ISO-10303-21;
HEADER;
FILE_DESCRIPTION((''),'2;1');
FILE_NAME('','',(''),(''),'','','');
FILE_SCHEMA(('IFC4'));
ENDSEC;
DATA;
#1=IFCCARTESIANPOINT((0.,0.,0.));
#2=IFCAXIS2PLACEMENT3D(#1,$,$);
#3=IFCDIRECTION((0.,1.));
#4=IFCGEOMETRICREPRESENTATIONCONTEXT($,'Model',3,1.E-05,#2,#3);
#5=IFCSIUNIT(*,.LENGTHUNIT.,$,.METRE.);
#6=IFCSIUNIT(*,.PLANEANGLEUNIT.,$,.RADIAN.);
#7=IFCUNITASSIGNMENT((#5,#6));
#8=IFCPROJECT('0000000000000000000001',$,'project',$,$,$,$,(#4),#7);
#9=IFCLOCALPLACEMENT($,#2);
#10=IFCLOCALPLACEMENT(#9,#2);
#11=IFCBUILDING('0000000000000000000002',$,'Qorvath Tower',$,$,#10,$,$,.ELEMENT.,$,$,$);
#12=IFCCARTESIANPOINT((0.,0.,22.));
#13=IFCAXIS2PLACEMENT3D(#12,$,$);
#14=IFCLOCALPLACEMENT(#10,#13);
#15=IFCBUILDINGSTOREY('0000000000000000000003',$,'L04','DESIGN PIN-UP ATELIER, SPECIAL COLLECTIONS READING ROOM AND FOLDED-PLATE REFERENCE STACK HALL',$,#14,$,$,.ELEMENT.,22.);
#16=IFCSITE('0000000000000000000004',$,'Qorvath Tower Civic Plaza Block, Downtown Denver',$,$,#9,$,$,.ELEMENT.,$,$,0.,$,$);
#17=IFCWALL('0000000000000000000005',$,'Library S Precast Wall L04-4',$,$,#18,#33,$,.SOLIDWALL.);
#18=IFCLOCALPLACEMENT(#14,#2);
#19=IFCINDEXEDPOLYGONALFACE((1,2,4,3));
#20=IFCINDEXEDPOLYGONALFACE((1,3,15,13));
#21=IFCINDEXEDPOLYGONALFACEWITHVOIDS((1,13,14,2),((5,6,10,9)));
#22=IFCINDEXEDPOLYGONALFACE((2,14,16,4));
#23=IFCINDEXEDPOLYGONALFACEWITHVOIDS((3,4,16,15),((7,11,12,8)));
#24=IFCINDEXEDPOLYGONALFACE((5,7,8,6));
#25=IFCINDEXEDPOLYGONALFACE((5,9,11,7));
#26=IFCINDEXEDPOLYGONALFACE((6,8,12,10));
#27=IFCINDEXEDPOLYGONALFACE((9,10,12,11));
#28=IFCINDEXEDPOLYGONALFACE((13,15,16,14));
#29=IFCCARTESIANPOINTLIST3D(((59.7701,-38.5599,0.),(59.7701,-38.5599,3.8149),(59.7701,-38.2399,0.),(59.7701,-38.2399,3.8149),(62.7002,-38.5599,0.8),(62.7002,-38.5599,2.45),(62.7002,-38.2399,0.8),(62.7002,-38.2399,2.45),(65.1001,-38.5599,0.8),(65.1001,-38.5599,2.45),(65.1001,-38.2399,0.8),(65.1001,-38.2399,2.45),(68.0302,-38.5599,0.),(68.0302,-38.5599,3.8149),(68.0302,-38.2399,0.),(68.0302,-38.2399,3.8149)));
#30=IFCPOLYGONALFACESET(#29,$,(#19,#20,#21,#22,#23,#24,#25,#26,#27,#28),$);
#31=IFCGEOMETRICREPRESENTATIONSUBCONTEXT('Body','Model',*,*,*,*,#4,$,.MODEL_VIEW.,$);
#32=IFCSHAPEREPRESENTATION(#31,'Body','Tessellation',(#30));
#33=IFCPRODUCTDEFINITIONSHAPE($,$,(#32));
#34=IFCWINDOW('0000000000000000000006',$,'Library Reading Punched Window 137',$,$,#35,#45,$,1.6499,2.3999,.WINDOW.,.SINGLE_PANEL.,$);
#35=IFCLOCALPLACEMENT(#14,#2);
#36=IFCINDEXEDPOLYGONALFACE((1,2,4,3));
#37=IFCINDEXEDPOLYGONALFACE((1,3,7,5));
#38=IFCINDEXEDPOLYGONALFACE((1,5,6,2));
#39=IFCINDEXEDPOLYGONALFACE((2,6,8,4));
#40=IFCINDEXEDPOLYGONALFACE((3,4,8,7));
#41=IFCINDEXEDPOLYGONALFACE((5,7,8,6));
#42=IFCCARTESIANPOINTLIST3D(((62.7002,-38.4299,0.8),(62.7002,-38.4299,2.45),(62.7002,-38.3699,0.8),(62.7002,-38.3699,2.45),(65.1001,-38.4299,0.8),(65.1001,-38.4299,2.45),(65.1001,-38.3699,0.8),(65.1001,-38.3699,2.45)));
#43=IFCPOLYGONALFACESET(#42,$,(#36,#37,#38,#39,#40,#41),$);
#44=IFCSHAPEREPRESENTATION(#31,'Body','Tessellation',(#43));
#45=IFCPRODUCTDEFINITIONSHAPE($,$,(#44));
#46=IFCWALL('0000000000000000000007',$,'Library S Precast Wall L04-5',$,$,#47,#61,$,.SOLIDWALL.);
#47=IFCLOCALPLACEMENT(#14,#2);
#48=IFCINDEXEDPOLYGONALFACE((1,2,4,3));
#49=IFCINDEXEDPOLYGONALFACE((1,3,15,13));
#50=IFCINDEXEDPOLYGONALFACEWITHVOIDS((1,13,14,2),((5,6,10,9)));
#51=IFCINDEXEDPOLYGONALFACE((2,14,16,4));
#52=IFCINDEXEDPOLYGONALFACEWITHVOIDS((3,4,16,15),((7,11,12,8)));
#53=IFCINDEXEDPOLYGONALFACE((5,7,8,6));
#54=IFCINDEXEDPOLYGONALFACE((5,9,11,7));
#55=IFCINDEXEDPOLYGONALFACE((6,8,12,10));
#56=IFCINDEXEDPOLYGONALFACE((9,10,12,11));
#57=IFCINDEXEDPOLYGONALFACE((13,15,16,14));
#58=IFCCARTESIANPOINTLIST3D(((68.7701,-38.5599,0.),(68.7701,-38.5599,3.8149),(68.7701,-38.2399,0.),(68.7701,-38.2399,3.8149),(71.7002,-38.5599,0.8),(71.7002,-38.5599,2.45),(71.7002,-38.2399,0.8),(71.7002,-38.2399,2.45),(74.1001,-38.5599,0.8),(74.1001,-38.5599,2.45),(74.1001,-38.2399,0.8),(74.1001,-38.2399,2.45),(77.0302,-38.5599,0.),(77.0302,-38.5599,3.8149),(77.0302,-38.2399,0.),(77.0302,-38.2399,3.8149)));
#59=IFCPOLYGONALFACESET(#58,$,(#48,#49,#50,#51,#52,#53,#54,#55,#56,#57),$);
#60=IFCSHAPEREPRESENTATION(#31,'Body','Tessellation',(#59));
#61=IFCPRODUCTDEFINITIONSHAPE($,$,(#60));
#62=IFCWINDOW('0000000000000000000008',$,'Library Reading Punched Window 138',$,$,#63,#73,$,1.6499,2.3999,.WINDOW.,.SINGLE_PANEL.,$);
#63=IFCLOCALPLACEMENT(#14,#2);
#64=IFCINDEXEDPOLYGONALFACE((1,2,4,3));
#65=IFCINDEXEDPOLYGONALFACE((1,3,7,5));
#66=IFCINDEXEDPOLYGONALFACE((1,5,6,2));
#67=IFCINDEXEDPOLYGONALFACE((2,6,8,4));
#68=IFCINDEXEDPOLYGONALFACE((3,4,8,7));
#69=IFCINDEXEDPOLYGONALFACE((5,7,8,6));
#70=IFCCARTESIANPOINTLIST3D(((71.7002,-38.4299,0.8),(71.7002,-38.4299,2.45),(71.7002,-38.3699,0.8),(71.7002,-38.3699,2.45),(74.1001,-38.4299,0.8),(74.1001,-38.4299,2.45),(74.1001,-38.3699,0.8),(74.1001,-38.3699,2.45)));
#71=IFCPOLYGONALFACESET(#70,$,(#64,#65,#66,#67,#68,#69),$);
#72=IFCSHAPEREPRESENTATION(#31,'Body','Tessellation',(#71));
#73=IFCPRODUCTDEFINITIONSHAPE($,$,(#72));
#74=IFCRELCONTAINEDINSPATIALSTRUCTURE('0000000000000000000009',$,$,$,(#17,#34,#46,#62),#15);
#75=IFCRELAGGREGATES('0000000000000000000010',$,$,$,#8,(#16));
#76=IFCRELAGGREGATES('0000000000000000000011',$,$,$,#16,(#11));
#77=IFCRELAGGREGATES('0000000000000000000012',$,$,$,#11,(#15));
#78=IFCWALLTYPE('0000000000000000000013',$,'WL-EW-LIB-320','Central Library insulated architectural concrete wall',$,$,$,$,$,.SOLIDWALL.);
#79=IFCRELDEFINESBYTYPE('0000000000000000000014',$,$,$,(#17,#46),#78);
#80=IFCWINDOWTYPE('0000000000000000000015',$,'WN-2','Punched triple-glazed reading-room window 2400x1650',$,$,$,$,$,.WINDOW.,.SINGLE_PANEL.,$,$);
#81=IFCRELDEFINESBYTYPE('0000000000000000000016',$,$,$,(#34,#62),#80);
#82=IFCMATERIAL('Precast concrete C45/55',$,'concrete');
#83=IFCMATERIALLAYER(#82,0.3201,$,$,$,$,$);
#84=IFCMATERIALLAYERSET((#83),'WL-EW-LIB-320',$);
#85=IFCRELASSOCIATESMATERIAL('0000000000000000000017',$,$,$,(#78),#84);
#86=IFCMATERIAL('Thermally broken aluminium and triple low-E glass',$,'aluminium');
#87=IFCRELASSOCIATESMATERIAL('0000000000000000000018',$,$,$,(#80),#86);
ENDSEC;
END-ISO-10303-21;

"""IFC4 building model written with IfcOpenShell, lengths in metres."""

from ifc_helpers import new_model, si_unit, direction, frame, frame_2d, origin, place, context, subcontext, project, spatial, rectangle, extrude, material, layer, layer_set, type_object, element, fill, save


model = new_model("IFC4")

# Units and contexts
model_context = context("Model", 3, precision=1e-05, world=origin(), true_north=direction((0.0, 1.0)))
body_context = subcontext(model_context, "Body", "Model", "MODEL_VIEW")
ifc_project = project(units=[si_unit("LENGTHUNIT", "METRE"), si_unit("PLANEANGLEUNIT", "RADIAN")], contexts=[model_context])

# Site, building, storey
site_placement = place(None, origin())
site = spatial("IfcSite", under=ifc_project, at=site_placement, Name="Qorvath Tower Civic Plaza Block, Downtown Denver", CompositionType="ELEMENT", RefElevation=0.0)
building_placement = place(site_placement, origin())
building = spatial("IfcBuilding", under=site, at=building_placement, Name="Qorvath Tower", CompositionType="ELEMENT")
storey_placement = place(building_placement, frame((0.0, 0.0, 22.0)))
storey = spatial("IfcBuildingStorey", under=building, at=storey_placement, Name="L04", Description="DESIGN PIN-UP ATELIER, SPECIAL COLLECTIONS READING ROOM AND FOLDED-PLATE REFERENCE STACK HALL", CompositionType="ELEMENT", Elevation=22.0)

# Walls, openings, windows
ifc_material_1 = material(Name="Precast concrete C45/55", Category="concrete")
ifc_layer = layer(ifc_material_1, 0.3201)
ifc_layer_set = layer_set([ifc_layer], Name="WL-EW-LIB-320")
wall_type = type_object("IfcWallType", Name="WL-EW-LIB-320", Description="Central Library insulated architectural concrete wall", PredefinedType="SOLIDWALL", material=ifc_layer_set)
ifc_material_2 = material(Name="Thermally broken aluminium and triple low-E glass", Category="aluminium")
window_type = type_object("IfcWindowType", Name="WN-2", Description="Punched triple-glazed reading-room window 2400x1650", PartitioningType="SINGLE_PANEL", PredefinedType="WINDOW", material=ifc_material_2)
wall_1_placement = place(storey_placement, frame((68.03, -38.3999, 0.0), z_axis=(0.0, 0.0, 1.0), x_axis=(-1.0, 0.0, 0.0)))
wall_1 = element("IfcWall", 1, at=wall_1_placement, inside=storey, type_object=wall_type, Name="Library S Precast Wall L04-4", PredefinedType="SOLIDWALL", context=body_context, shape_type="SweptSolid", body=[
    extrude(rectangle(XDim=8.26, YDim=0.3201, at=frame_2d((4.1299, 0.0))), origin(), (0.0, 0.0, 1.0), 3.8149),
])
opening_1_placement = place(wall_1_placement, frame((2.9299, 0.0, 0.8)))
opening_1 = element("IfcOpeningElement", 2, at=opening_1_placement, cuts=wall_1, PredefinedType="OPENING", context=body_context, shape_type="SweptSolid", body=[
    extrude(rectangle(XDim=2.3999, YDim=1.6499, at=frame_2d((1.2, 0.825))), frame((0.0, 0.1699, 0.0), z_axis=(0.0, -1.0, 0.0), x_axis=(1.0, 0.0, 0.0)), (0.0, 0.0, 1.0), 0.3401),
])
window_1_placement = place(opening_1_placement, origin())
window_1 = element("IfcWindow", 3, at=window_1_placement, inside=storey, type_object=window_type, Name="Library Reading Punched Window 137", OverallHeight=1.6499, OverallWidth=2.3999, PartitioningType="SINGLE_PANEL", PredefinedType="WINDOW", context=body_context, shape_type="SweptSolid", body=[
    extrude(rectangle(XDim=2.3999, YDim=1.6499, at=frame_2d((1.2, 0.825))), frame((0.0, 0.03, 0.0), z_axis=(0.0, -1.0, 0.0), x_axis=(1.0, 0.0, 0.0)), (0.0, 0.0, 1.0), 0.0601),
])
fill(opening_1, window_1)
wall_2_placement = place(storey_placement, frame((77.03, -38.3999, 0.0), z_axis=(0.0, 0.0, 1.0), x_axis=(-1.0, 0.0, 0.0)))
wall_2 = element("IfcWall", 4, at=wall_2_placement, inside=storey, type_object=wall_type, Name="Library S Precast Wall L04-5", PredefinedType="SOLIDWALL", context=body_context, shape_type="SweptSolid", body=[
    extrude(rectangle(XDim=8.26, YDim=0.3201, at=frame_2d((4.1299, 0.0))), origin(), (0.0, 0.0, 1.0), 3.8149),
])
opening_2_placement = place(wall_2_placement, frame((2.9299, 0.0, 0.8)))
opening_2 = element("IfcOpeningElement", 5, at=opening_2_placement, cuts=wall_2, PredefinedType="OPENING", context=body_context, shape_type="SweptSolid", body=[
    extrude(rectangle(XDim=2.3999, YDim=1.6499, at=frame_2d((1.2, 0.825))), frame((0.0, 0.1699, 0.0), z_axis=(0.0, -1.0, 0.0), x_axis=(1.0, 0.0, 0.0)), (0.0, 0.0, 1.0), 0.3401),
])
window_2_placement = place(opening_2_placement, origin())
window_2 = element("IfcWindow", 6, at=window_2_placement, inside=storey, type_object=window_type, Name="Library Reading Punched Window 138", OverallHeight=1.6499, OverallWidth=2.3999, PartitioningType="SINGLE_PANEL", PredefinedType="WINDOW", context=body_context, shape_type="SweptSolid", body=[
    extrude(rectangle(XDim=2.3999, YDim=1.6499, at=frame_2d((1.2, 0.825))), frame((0.0, 0.03, 0.0), z_axis=(0.0, -1.0, 0.0), x_axis=(1.0, 0.0, 0.0)), (0.0, 0.0, 1.0), 0.0601),
])
fill(opening_2, window_2)

save(model, "model.ifc")
